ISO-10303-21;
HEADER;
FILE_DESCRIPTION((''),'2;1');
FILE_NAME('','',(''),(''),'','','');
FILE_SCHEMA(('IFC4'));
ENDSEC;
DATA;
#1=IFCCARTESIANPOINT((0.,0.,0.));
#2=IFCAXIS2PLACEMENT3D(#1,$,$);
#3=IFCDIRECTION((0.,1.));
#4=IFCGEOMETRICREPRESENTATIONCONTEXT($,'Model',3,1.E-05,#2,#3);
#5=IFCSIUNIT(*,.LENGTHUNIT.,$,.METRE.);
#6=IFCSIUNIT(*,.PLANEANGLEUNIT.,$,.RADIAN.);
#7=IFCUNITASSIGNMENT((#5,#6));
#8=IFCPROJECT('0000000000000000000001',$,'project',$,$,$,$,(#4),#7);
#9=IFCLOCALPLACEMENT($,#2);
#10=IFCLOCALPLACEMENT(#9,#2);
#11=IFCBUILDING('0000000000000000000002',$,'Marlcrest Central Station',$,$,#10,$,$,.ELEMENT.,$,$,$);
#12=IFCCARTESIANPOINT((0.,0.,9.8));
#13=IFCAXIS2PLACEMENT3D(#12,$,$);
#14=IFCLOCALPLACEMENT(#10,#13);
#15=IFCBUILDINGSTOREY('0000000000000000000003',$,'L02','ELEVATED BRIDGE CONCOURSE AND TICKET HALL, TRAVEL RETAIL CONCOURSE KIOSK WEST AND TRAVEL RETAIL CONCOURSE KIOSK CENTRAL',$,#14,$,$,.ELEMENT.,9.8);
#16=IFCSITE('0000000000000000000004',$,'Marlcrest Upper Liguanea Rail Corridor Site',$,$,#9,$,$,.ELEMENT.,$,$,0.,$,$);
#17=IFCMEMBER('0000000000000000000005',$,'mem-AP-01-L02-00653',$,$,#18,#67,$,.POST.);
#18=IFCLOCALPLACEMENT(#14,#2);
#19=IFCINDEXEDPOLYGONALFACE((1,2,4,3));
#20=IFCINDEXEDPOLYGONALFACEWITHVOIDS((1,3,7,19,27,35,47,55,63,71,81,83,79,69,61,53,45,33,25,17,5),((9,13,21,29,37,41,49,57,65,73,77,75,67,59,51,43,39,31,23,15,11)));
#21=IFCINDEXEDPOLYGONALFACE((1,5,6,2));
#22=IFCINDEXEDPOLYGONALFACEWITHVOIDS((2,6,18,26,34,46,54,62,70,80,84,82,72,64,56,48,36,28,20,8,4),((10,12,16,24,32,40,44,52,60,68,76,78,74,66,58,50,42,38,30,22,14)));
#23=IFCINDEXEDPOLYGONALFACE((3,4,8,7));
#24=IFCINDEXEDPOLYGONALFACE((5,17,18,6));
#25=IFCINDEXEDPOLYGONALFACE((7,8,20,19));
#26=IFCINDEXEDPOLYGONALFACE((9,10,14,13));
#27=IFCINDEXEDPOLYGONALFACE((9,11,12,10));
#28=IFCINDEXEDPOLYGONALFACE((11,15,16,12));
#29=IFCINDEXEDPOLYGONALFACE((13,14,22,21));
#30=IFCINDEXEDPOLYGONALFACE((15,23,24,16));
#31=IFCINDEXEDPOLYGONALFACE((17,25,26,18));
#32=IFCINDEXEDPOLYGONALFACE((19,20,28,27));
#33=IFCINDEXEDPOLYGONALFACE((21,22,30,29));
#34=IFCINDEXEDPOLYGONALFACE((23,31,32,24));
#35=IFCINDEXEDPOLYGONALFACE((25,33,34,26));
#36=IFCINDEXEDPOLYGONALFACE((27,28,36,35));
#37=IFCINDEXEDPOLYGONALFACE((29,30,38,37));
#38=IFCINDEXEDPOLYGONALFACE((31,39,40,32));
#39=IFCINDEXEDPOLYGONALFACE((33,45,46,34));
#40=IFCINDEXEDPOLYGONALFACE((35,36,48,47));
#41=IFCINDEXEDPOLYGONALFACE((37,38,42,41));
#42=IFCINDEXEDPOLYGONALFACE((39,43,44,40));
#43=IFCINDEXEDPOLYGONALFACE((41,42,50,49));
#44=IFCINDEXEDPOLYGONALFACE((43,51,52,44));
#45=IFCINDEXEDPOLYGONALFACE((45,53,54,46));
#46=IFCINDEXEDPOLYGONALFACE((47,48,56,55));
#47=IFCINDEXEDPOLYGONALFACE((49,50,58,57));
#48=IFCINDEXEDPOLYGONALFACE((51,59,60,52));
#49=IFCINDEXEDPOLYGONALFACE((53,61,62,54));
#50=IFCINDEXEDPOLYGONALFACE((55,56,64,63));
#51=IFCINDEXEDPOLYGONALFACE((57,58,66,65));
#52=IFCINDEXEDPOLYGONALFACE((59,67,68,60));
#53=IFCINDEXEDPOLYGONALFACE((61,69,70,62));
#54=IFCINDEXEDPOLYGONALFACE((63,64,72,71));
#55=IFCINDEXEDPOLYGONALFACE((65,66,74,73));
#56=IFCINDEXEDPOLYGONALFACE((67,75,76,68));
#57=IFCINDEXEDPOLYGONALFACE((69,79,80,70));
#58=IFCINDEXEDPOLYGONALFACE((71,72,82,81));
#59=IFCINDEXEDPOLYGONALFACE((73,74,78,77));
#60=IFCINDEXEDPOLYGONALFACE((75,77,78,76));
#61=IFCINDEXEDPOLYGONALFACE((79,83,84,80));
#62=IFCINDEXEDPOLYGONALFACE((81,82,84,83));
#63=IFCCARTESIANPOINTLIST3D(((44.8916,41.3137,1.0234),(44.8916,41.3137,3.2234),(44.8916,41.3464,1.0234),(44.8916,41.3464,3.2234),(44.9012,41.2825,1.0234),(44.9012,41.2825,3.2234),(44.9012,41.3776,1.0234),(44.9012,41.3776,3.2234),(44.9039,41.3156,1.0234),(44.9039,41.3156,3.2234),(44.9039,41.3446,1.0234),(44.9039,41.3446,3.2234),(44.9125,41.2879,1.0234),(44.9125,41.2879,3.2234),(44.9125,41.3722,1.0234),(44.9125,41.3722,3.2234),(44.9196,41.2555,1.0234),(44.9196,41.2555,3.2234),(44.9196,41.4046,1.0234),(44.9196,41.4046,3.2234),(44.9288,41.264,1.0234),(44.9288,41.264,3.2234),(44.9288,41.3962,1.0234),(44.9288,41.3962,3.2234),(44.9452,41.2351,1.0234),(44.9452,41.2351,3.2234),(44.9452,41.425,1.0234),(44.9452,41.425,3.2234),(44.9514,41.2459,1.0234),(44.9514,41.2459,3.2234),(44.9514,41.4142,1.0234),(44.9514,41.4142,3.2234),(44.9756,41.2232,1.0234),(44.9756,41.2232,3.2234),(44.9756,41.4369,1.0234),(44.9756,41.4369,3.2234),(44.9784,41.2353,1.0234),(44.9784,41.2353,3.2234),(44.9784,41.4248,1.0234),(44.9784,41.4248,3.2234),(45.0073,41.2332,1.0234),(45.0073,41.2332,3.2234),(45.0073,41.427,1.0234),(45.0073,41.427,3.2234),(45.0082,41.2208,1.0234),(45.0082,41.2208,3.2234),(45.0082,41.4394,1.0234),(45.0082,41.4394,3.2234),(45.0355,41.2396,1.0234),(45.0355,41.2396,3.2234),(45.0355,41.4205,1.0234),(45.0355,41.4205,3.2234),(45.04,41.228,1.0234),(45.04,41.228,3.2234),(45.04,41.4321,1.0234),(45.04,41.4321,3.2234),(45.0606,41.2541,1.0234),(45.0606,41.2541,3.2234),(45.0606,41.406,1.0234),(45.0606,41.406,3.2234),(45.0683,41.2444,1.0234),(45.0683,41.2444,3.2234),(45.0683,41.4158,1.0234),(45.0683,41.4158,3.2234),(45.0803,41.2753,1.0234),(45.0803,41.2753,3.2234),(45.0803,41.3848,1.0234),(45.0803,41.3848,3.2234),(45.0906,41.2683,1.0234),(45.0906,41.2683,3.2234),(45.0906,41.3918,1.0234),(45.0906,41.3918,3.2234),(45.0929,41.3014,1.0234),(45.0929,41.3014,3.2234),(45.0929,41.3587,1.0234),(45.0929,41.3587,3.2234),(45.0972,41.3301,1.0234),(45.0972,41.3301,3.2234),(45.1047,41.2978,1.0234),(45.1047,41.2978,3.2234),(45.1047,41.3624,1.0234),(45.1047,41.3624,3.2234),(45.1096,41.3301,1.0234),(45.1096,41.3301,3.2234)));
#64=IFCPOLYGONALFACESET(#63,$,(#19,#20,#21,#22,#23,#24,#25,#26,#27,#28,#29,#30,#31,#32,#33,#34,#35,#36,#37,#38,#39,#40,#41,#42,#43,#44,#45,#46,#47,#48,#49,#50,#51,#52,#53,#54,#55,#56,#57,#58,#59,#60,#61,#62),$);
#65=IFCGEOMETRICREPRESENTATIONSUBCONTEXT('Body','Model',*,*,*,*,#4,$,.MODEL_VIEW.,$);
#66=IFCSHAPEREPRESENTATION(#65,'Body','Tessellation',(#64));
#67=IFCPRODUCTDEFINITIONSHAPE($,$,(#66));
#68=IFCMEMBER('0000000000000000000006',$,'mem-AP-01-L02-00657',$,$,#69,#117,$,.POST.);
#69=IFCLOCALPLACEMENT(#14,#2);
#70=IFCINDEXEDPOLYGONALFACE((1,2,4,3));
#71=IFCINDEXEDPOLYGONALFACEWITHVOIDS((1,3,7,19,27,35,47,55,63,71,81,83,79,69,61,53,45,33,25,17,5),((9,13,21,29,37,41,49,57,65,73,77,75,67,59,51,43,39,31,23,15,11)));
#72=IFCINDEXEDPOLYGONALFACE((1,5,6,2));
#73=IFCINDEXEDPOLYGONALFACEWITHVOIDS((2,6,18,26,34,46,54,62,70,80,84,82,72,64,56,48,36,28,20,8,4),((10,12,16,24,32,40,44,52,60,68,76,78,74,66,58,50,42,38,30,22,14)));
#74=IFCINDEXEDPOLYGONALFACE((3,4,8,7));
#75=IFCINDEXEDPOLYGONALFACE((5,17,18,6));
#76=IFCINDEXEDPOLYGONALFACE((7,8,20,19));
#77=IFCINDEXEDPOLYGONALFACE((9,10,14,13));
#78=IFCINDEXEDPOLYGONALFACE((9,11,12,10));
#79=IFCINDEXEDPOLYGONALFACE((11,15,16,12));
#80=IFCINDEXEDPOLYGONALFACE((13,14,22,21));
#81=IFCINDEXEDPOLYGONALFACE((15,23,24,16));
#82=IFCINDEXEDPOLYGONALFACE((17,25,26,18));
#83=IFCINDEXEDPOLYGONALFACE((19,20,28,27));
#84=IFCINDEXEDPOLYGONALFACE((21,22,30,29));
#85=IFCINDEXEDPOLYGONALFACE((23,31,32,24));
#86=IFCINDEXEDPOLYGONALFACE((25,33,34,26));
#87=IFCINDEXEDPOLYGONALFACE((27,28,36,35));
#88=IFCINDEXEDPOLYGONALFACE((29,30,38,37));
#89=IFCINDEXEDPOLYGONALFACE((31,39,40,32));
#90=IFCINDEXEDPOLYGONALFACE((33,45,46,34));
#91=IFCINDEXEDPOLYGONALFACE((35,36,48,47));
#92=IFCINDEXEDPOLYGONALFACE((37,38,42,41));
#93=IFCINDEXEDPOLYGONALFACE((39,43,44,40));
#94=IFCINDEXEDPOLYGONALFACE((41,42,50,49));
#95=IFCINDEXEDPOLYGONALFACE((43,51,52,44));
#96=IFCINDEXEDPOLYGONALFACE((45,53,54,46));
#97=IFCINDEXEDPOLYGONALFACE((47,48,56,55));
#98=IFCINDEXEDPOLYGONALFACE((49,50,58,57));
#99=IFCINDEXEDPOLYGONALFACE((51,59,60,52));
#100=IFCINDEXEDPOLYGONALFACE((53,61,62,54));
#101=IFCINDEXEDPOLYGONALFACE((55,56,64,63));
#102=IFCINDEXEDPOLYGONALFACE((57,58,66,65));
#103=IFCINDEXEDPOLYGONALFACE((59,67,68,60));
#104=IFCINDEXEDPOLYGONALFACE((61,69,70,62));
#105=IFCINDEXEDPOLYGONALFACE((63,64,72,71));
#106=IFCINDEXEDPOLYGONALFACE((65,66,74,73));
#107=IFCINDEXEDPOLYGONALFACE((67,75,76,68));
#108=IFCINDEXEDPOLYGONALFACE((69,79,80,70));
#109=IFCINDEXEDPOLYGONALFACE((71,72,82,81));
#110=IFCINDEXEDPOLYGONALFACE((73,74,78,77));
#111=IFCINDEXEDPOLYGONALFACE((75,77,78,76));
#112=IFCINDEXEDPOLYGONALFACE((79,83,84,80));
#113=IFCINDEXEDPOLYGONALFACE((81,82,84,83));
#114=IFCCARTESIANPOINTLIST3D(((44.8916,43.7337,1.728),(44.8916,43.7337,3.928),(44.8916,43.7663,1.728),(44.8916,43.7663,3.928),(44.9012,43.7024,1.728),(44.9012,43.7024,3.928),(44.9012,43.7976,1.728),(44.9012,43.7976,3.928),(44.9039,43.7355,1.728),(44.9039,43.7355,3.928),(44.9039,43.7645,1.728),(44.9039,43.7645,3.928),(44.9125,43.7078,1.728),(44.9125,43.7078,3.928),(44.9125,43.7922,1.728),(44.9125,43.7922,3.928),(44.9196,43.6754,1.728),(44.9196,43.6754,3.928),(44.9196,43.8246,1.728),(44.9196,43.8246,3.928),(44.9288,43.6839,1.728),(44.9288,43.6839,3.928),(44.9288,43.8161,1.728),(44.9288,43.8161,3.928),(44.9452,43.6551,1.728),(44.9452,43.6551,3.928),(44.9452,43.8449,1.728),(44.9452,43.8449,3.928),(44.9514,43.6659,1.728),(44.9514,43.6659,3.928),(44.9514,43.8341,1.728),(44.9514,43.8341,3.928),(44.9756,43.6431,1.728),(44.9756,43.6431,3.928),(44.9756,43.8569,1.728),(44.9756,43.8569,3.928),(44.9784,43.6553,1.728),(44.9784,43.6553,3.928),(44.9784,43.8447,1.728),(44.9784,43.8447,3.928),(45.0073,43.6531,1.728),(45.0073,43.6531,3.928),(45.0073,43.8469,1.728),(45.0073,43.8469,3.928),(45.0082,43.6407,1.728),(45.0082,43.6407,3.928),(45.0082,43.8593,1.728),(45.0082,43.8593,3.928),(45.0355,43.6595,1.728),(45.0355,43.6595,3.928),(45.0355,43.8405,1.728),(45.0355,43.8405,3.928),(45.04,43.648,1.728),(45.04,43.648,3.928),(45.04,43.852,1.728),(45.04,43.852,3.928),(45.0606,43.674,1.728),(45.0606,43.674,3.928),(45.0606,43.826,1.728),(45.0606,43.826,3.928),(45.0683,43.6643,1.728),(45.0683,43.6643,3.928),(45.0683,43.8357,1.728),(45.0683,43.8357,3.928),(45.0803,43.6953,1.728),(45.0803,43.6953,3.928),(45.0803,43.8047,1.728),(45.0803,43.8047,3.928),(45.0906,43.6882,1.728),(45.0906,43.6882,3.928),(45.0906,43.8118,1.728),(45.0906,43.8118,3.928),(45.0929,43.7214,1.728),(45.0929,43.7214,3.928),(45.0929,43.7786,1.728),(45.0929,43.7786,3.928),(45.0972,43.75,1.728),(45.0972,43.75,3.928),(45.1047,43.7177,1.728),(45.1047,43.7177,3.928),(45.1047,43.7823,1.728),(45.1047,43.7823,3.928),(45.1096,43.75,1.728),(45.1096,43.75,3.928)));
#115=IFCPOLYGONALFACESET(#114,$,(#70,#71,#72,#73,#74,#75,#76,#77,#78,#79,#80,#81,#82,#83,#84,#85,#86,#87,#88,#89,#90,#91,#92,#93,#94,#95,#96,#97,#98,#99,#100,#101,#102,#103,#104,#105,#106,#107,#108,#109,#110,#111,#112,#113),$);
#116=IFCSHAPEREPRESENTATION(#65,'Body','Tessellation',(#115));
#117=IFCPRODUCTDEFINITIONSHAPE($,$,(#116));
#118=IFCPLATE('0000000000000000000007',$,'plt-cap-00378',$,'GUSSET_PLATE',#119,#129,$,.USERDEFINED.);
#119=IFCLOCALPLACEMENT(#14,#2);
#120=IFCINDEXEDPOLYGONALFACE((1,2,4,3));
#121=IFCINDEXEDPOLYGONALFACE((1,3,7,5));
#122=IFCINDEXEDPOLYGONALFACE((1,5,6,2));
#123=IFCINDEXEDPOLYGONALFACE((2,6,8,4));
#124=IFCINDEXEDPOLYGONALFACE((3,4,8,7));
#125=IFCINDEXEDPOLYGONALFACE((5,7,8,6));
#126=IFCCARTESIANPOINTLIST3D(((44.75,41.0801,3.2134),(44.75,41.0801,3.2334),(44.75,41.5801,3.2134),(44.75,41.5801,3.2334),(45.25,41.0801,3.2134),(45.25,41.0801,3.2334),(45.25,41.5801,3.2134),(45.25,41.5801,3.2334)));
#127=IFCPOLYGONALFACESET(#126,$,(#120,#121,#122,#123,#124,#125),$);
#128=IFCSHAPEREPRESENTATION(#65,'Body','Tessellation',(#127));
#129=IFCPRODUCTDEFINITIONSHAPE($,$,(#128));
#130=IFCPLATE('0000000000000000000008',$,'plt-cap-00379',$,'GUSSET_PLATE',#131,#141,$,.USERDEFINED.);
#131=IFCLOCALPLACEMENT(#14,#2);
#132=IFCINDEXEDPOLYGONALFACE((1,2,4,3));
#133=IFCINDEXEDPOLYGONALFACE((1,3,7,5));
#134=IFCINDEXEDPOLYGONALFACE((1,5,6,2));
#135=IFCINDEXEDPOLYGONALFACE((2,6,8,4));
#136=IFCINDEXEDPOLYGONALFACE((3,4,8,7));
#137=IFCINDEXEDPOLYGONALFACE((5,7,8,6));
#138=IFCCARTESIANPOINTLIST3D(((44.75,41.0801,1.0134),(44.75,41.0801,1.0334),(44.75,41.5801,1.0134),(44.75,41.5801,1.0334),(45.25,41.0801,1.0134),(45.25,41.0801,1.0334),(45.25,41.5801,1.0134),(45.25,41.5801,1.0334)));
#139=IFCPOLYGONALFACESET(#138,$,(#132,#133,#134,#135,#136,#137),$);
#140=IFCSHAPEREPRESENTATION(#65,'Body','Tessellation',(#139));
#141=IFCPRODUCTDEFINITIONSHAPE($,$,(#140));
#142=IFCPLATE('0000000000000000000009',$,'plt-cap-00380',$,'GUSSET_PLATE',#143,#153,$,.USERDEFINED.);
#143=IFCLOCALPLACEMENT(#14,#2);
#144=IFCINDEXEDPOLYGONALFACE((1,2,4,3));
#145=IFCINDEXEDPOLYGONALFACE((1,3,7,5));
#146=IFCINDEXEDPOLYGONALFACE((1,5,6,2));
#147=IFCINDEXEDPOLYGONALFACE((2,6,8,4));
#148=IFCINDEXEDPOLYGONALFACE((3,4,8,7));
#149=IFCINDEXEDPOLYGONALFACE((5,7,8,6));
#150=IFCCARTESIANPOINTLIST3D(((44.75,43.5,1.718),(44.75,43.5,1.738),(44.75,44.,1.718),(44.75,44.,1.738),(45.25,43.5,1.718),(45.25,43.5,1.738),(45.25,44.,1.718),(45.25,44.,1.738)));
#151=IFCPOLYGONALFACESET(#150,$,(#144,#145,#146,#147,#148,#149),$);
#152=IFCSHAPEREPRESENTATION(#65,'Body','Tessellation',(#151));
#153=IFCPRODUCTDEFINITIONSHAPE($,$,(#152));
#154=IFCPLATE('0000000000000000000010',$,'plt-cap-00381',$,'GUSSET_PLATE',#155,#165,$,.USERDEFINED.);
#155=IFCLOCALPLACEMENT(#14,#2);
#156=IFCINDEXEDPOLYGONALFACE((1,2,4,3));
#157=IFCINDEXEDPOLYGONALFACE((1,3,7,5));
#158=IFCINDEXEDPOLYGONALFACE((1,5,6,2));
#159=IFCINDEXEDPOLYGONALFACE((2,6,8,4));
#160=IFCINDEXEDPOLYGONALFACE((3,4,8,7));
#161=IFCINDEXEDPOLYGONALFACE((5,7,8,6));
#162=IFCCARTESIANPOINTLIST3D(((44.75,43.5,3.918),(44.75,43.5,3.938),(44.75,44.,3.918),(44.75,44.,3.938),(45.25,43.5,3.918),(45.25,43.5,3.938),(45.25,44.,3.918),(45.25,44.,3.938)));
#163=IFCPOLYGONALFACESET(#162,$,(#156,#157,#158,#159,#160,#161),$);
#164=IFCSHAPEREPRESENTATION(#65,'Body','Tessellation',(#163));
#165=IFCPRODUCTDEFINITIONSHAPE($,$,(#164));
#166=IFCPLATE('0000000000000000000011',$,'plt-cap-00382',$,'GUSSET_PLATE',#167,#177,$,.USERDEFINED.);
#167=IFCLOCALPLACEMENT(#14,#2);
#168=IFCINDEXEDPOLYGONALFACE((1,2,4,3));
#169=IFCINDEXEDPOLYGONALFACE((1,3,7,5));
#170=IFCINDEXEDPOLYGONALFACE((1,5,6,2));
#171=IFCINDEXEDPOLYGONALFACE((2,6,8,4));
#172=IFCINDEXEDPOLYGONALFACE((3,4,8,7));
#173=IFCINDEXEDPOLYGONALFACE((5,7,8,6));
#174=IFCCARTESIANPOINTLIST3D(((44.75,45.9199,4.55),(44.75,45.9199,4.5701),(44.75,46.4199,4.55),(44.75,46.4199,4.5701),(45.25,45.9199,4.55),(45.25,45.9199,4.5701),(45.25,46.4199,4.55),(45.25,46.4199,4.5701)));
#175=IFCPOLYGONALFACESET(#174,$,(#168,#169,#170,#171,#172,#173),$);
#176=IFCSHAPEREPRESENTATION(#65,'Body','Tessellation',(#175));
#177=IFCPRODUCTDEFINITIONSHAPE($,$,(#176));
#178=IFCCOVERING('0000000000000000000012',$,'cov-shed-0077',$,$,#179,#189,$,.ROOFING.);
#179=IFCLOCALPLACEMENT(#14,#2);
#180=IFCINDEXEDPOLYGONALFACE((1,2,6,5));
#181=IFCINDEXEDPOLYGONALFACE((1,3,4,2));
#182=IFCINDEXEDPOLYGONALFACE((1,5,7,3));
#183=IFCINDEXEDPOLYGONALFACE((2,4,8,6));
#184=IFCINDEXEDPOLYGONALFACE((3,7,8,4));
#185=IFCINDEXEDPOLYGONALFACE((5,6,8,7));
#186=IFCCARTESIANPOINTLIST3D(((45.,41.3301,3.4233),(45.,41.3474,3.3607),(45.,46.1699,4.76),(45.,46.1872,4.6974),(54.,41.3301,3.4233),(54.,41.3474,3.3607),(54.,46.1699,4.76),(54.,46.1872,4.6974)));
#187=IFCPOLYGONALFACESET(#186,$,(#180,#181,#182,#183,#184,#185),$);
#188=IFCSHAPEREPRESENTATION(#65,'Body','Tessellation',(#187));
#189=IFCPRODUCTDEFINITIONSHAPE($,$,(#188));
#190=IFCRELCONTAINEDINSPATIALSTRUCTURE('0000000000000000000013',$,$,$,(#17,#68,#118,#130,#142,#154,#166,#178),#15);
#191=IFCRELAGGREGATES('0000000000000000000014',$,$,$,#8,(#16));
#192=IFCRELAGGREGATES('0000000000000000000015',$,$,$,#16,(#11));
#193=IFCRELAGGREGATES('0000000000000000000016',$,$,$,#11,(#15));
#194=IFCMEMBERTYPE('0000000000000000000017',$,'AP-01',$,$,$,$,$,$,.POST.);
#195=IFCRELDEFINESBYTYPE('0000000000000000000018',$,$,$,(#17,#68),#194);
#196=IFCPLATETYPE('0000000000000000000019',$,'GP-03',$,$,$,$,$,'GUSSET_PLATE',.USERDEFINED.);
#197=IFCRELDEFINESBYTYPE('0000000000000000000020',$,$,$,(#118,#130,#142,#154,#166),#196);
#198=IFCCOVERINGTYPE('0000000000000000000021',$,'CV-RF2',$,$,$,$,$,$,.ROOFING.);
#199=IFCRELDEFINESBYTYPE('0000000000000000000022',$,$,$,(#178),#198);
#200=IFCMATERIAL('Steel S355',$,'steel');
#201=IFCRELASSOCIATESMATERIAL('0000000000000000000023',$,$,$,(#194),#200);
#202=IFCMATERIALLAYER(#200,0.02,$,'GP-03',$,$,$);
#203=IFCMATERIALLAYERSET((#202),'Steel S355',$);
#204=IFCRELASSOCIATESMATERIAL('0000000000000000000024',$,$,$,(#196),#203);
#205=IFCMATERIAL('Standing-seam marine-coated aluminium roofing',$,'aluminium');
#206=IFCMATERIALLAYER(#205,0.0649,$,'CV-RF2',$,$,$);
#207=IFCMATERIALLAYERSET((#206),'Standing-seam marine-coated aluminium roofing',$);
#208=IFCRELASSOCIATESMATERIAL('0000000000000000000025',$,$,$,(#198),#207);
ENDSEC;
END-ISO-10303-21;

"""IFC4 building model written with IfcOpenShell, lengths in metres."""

from ifc_helpers import new_model, si_unit, direction, frame, origin, origin_2d, place, context, subcontext, project, spatial, polyline, rectangle, hollow_circle, outline, extrude, material, layer, layer_set, material_profile, profile_set, type_object, element, save


model = new_model("IFC4")

# Units and contexts
model_context = context("Model", 3, precision=1e-05, world=origin(), true_north=direction((0.0, 1.0)))
body_context = subcontext(model_context, "Body", "Model", "MODEL_VIEW")
ifc_project = project(units=[si_unit("LENGTHUNIT", "METRE"), si_unit("PLANEANGLEUNIT", "RADIAN")], contexts=[model_context])

# Site, building, storey
site_placement = place(None, origin())
site = spatial("IfcSite", under=ifc_project, at=site_placement, Name="Marlcrest Upper Liguanea Rail Corridor Site", CompositionType="ELEMENT", RefElevation=0.0)
building_placement = place(site_placement, origin())
building = spatial("IfcBuilding", under=site, at=building_placement, Name="Marlcrest Central Station", CompositionType="ELEMENT")
storey_placement = place(building_placement, frame((0.0, 0.0, 9.8)))
storey = spatial("IfcBuildingStorey", under=building, at=storey_placement, Name="L02", Description="ELEVATED BRIDGE CONCOURSE AND TICKET HALL, TRAVEL RETAIL CONCOURSE KIOSK WEST AND TRAVEL RETAIL CONCOURSE KIOSK CENTRAL", CompositionType="ELEMENT", Elevation=9.8)

# Members
ifc_material_1 = material(Name="Steel S355", Category="steel")
ifc_material_profile_1 = material_profile(ifc_material_1, hollow_circle(Radius=0.1096, WallThickness=0.0125, at=origin_2d()), Name="CHS 219.1x12.5")
ifc_profile_set_1 = profile_set([ifc_material_profile_1], Name="Steel S355")
member_type_1 = type_object("IfcMemberType", Name="AP-01", PredefinedType="POST", material=ifc_profile_set_1)
for number, where, z_axis, x_axis, name in (
    (1, (45.0, 41.3301, 1.0234), (0.0, 0.0, 1.0), (1.0, 0.0, 0.0), "mem-AP-01-L02-00653"),
    (2, (45.0, 43.75, 1.728), (0.0, 0.0, 1.0), (1.0, 0.0, 0.0), "mem-AP-01-L02-00657"),
):
    element("IfcMember", number, at=place(storey_placement, frame(where, z_axis=z_axis, x_axis=x_axis)), inside=storey, type_object=member_type_1, Name=name, PredefinedType="POST", context=body_context, shape_type="SweptSolid", body=[
        extrude(hollow_circle(Radius=0.1096, WallThickness=0.0125, at=origin_2d()), origin(), (0.0, 0.0, 1.0), 2.2),
    ])

# Plates
ifc_layer_1 = layer(ifc_material_1, 0.02, Name="GP-03")
ifc_layer_set_1 = layer_set([ifc_layer_1], Name="Steel S355")
plate_type = type_object("IfcPlateType", Name="GP-03", ElementType="GUSSET_PLATE", PredefinedType="USERDEFINED", material=ifc_layer_set_1)
for number, where, z_axis, x_axis, name in (
    (3, (45.0, 41.3301, 3.2134), (0.0, 0.0, 1.0), (1.0, 0.0, 0.0), "plt-cap-00378"),
    (4, (45.0, 41.3301, 1.0134), (0.0, 0.0, 1.0), (1.0, 0.0, 0.0), "plt-cap-00379"),
    (5, (45.0, 43.75, 1.718), (0.0, 0.0, 1.0), (1.0, 0.0, 0.0), "plt-cap-00380"),
    (6, (45.0, 43.75, 3.918), (0.0, 0.0, 1.0), (1.0, 0.0, 0.0), "plt-cap-00381"),
    (7, (45.0, 46.1699, 4.55), (0.0, 0.0, 1.0), (1.0, 0.0, 0.0), "plt-cap-00382"),
):
    element("IfcPlate", number, at=place(storey_placement, frame(where, z_axis=z_axis, x_axis=x_axis)), inside=storey, type_object=plate_type, Name=name, ObjectType="GUSSET_PLATE", PredefinedType="USERDEFINED", context=body_context, shape_type="SweptSolid", body=[
        extrude(rectangle(XDim=0.5, YDim=0.5, at=origin_2d()), origin(), (0.0, 0.0, 1.0), 0.02),
    ])

# Covering
ifc_material_2 = material(Name="Standing-seam marine-coated aluminium roofing", Category="aluminium")
ifc_layer_2 = layer(ifc_material_2, 0.0649, Name="CV-RF2")
ifc_layer_set_2 = layer_set([ifc_layer_2], Name="Standing-seam marine-coated aluminium roofing")
covering_type = type_object("IfcCoveringType", Name="CV-RF2", PredefinedType="ROOFING", material=ifc_layer_set_2)
covering_placement = place(storey_placement, frame((45.0, 41.3301, 3.4233), z_axis=(0.0, -0.266214, 0.963914), x_axis=(1.0, 0.0, 0.0)))
element("IfcCovering", 8, at=covering_placement, inside=storey, type_object=covering_type, Name="cov-shed-0077", PredefinedType="ROOFING", context=body_context, shape_type="SweptSolid", body=[
    extrude(outline(polyline([(0.0, 0.0), (9.0, 0.0), (9.0, 5.021), (0.0, 5.021), (0.0, 0.0)])), origin(), (0.0, 0.0, -1.0), 0.0649),
])

save(model, "model.ifc")
